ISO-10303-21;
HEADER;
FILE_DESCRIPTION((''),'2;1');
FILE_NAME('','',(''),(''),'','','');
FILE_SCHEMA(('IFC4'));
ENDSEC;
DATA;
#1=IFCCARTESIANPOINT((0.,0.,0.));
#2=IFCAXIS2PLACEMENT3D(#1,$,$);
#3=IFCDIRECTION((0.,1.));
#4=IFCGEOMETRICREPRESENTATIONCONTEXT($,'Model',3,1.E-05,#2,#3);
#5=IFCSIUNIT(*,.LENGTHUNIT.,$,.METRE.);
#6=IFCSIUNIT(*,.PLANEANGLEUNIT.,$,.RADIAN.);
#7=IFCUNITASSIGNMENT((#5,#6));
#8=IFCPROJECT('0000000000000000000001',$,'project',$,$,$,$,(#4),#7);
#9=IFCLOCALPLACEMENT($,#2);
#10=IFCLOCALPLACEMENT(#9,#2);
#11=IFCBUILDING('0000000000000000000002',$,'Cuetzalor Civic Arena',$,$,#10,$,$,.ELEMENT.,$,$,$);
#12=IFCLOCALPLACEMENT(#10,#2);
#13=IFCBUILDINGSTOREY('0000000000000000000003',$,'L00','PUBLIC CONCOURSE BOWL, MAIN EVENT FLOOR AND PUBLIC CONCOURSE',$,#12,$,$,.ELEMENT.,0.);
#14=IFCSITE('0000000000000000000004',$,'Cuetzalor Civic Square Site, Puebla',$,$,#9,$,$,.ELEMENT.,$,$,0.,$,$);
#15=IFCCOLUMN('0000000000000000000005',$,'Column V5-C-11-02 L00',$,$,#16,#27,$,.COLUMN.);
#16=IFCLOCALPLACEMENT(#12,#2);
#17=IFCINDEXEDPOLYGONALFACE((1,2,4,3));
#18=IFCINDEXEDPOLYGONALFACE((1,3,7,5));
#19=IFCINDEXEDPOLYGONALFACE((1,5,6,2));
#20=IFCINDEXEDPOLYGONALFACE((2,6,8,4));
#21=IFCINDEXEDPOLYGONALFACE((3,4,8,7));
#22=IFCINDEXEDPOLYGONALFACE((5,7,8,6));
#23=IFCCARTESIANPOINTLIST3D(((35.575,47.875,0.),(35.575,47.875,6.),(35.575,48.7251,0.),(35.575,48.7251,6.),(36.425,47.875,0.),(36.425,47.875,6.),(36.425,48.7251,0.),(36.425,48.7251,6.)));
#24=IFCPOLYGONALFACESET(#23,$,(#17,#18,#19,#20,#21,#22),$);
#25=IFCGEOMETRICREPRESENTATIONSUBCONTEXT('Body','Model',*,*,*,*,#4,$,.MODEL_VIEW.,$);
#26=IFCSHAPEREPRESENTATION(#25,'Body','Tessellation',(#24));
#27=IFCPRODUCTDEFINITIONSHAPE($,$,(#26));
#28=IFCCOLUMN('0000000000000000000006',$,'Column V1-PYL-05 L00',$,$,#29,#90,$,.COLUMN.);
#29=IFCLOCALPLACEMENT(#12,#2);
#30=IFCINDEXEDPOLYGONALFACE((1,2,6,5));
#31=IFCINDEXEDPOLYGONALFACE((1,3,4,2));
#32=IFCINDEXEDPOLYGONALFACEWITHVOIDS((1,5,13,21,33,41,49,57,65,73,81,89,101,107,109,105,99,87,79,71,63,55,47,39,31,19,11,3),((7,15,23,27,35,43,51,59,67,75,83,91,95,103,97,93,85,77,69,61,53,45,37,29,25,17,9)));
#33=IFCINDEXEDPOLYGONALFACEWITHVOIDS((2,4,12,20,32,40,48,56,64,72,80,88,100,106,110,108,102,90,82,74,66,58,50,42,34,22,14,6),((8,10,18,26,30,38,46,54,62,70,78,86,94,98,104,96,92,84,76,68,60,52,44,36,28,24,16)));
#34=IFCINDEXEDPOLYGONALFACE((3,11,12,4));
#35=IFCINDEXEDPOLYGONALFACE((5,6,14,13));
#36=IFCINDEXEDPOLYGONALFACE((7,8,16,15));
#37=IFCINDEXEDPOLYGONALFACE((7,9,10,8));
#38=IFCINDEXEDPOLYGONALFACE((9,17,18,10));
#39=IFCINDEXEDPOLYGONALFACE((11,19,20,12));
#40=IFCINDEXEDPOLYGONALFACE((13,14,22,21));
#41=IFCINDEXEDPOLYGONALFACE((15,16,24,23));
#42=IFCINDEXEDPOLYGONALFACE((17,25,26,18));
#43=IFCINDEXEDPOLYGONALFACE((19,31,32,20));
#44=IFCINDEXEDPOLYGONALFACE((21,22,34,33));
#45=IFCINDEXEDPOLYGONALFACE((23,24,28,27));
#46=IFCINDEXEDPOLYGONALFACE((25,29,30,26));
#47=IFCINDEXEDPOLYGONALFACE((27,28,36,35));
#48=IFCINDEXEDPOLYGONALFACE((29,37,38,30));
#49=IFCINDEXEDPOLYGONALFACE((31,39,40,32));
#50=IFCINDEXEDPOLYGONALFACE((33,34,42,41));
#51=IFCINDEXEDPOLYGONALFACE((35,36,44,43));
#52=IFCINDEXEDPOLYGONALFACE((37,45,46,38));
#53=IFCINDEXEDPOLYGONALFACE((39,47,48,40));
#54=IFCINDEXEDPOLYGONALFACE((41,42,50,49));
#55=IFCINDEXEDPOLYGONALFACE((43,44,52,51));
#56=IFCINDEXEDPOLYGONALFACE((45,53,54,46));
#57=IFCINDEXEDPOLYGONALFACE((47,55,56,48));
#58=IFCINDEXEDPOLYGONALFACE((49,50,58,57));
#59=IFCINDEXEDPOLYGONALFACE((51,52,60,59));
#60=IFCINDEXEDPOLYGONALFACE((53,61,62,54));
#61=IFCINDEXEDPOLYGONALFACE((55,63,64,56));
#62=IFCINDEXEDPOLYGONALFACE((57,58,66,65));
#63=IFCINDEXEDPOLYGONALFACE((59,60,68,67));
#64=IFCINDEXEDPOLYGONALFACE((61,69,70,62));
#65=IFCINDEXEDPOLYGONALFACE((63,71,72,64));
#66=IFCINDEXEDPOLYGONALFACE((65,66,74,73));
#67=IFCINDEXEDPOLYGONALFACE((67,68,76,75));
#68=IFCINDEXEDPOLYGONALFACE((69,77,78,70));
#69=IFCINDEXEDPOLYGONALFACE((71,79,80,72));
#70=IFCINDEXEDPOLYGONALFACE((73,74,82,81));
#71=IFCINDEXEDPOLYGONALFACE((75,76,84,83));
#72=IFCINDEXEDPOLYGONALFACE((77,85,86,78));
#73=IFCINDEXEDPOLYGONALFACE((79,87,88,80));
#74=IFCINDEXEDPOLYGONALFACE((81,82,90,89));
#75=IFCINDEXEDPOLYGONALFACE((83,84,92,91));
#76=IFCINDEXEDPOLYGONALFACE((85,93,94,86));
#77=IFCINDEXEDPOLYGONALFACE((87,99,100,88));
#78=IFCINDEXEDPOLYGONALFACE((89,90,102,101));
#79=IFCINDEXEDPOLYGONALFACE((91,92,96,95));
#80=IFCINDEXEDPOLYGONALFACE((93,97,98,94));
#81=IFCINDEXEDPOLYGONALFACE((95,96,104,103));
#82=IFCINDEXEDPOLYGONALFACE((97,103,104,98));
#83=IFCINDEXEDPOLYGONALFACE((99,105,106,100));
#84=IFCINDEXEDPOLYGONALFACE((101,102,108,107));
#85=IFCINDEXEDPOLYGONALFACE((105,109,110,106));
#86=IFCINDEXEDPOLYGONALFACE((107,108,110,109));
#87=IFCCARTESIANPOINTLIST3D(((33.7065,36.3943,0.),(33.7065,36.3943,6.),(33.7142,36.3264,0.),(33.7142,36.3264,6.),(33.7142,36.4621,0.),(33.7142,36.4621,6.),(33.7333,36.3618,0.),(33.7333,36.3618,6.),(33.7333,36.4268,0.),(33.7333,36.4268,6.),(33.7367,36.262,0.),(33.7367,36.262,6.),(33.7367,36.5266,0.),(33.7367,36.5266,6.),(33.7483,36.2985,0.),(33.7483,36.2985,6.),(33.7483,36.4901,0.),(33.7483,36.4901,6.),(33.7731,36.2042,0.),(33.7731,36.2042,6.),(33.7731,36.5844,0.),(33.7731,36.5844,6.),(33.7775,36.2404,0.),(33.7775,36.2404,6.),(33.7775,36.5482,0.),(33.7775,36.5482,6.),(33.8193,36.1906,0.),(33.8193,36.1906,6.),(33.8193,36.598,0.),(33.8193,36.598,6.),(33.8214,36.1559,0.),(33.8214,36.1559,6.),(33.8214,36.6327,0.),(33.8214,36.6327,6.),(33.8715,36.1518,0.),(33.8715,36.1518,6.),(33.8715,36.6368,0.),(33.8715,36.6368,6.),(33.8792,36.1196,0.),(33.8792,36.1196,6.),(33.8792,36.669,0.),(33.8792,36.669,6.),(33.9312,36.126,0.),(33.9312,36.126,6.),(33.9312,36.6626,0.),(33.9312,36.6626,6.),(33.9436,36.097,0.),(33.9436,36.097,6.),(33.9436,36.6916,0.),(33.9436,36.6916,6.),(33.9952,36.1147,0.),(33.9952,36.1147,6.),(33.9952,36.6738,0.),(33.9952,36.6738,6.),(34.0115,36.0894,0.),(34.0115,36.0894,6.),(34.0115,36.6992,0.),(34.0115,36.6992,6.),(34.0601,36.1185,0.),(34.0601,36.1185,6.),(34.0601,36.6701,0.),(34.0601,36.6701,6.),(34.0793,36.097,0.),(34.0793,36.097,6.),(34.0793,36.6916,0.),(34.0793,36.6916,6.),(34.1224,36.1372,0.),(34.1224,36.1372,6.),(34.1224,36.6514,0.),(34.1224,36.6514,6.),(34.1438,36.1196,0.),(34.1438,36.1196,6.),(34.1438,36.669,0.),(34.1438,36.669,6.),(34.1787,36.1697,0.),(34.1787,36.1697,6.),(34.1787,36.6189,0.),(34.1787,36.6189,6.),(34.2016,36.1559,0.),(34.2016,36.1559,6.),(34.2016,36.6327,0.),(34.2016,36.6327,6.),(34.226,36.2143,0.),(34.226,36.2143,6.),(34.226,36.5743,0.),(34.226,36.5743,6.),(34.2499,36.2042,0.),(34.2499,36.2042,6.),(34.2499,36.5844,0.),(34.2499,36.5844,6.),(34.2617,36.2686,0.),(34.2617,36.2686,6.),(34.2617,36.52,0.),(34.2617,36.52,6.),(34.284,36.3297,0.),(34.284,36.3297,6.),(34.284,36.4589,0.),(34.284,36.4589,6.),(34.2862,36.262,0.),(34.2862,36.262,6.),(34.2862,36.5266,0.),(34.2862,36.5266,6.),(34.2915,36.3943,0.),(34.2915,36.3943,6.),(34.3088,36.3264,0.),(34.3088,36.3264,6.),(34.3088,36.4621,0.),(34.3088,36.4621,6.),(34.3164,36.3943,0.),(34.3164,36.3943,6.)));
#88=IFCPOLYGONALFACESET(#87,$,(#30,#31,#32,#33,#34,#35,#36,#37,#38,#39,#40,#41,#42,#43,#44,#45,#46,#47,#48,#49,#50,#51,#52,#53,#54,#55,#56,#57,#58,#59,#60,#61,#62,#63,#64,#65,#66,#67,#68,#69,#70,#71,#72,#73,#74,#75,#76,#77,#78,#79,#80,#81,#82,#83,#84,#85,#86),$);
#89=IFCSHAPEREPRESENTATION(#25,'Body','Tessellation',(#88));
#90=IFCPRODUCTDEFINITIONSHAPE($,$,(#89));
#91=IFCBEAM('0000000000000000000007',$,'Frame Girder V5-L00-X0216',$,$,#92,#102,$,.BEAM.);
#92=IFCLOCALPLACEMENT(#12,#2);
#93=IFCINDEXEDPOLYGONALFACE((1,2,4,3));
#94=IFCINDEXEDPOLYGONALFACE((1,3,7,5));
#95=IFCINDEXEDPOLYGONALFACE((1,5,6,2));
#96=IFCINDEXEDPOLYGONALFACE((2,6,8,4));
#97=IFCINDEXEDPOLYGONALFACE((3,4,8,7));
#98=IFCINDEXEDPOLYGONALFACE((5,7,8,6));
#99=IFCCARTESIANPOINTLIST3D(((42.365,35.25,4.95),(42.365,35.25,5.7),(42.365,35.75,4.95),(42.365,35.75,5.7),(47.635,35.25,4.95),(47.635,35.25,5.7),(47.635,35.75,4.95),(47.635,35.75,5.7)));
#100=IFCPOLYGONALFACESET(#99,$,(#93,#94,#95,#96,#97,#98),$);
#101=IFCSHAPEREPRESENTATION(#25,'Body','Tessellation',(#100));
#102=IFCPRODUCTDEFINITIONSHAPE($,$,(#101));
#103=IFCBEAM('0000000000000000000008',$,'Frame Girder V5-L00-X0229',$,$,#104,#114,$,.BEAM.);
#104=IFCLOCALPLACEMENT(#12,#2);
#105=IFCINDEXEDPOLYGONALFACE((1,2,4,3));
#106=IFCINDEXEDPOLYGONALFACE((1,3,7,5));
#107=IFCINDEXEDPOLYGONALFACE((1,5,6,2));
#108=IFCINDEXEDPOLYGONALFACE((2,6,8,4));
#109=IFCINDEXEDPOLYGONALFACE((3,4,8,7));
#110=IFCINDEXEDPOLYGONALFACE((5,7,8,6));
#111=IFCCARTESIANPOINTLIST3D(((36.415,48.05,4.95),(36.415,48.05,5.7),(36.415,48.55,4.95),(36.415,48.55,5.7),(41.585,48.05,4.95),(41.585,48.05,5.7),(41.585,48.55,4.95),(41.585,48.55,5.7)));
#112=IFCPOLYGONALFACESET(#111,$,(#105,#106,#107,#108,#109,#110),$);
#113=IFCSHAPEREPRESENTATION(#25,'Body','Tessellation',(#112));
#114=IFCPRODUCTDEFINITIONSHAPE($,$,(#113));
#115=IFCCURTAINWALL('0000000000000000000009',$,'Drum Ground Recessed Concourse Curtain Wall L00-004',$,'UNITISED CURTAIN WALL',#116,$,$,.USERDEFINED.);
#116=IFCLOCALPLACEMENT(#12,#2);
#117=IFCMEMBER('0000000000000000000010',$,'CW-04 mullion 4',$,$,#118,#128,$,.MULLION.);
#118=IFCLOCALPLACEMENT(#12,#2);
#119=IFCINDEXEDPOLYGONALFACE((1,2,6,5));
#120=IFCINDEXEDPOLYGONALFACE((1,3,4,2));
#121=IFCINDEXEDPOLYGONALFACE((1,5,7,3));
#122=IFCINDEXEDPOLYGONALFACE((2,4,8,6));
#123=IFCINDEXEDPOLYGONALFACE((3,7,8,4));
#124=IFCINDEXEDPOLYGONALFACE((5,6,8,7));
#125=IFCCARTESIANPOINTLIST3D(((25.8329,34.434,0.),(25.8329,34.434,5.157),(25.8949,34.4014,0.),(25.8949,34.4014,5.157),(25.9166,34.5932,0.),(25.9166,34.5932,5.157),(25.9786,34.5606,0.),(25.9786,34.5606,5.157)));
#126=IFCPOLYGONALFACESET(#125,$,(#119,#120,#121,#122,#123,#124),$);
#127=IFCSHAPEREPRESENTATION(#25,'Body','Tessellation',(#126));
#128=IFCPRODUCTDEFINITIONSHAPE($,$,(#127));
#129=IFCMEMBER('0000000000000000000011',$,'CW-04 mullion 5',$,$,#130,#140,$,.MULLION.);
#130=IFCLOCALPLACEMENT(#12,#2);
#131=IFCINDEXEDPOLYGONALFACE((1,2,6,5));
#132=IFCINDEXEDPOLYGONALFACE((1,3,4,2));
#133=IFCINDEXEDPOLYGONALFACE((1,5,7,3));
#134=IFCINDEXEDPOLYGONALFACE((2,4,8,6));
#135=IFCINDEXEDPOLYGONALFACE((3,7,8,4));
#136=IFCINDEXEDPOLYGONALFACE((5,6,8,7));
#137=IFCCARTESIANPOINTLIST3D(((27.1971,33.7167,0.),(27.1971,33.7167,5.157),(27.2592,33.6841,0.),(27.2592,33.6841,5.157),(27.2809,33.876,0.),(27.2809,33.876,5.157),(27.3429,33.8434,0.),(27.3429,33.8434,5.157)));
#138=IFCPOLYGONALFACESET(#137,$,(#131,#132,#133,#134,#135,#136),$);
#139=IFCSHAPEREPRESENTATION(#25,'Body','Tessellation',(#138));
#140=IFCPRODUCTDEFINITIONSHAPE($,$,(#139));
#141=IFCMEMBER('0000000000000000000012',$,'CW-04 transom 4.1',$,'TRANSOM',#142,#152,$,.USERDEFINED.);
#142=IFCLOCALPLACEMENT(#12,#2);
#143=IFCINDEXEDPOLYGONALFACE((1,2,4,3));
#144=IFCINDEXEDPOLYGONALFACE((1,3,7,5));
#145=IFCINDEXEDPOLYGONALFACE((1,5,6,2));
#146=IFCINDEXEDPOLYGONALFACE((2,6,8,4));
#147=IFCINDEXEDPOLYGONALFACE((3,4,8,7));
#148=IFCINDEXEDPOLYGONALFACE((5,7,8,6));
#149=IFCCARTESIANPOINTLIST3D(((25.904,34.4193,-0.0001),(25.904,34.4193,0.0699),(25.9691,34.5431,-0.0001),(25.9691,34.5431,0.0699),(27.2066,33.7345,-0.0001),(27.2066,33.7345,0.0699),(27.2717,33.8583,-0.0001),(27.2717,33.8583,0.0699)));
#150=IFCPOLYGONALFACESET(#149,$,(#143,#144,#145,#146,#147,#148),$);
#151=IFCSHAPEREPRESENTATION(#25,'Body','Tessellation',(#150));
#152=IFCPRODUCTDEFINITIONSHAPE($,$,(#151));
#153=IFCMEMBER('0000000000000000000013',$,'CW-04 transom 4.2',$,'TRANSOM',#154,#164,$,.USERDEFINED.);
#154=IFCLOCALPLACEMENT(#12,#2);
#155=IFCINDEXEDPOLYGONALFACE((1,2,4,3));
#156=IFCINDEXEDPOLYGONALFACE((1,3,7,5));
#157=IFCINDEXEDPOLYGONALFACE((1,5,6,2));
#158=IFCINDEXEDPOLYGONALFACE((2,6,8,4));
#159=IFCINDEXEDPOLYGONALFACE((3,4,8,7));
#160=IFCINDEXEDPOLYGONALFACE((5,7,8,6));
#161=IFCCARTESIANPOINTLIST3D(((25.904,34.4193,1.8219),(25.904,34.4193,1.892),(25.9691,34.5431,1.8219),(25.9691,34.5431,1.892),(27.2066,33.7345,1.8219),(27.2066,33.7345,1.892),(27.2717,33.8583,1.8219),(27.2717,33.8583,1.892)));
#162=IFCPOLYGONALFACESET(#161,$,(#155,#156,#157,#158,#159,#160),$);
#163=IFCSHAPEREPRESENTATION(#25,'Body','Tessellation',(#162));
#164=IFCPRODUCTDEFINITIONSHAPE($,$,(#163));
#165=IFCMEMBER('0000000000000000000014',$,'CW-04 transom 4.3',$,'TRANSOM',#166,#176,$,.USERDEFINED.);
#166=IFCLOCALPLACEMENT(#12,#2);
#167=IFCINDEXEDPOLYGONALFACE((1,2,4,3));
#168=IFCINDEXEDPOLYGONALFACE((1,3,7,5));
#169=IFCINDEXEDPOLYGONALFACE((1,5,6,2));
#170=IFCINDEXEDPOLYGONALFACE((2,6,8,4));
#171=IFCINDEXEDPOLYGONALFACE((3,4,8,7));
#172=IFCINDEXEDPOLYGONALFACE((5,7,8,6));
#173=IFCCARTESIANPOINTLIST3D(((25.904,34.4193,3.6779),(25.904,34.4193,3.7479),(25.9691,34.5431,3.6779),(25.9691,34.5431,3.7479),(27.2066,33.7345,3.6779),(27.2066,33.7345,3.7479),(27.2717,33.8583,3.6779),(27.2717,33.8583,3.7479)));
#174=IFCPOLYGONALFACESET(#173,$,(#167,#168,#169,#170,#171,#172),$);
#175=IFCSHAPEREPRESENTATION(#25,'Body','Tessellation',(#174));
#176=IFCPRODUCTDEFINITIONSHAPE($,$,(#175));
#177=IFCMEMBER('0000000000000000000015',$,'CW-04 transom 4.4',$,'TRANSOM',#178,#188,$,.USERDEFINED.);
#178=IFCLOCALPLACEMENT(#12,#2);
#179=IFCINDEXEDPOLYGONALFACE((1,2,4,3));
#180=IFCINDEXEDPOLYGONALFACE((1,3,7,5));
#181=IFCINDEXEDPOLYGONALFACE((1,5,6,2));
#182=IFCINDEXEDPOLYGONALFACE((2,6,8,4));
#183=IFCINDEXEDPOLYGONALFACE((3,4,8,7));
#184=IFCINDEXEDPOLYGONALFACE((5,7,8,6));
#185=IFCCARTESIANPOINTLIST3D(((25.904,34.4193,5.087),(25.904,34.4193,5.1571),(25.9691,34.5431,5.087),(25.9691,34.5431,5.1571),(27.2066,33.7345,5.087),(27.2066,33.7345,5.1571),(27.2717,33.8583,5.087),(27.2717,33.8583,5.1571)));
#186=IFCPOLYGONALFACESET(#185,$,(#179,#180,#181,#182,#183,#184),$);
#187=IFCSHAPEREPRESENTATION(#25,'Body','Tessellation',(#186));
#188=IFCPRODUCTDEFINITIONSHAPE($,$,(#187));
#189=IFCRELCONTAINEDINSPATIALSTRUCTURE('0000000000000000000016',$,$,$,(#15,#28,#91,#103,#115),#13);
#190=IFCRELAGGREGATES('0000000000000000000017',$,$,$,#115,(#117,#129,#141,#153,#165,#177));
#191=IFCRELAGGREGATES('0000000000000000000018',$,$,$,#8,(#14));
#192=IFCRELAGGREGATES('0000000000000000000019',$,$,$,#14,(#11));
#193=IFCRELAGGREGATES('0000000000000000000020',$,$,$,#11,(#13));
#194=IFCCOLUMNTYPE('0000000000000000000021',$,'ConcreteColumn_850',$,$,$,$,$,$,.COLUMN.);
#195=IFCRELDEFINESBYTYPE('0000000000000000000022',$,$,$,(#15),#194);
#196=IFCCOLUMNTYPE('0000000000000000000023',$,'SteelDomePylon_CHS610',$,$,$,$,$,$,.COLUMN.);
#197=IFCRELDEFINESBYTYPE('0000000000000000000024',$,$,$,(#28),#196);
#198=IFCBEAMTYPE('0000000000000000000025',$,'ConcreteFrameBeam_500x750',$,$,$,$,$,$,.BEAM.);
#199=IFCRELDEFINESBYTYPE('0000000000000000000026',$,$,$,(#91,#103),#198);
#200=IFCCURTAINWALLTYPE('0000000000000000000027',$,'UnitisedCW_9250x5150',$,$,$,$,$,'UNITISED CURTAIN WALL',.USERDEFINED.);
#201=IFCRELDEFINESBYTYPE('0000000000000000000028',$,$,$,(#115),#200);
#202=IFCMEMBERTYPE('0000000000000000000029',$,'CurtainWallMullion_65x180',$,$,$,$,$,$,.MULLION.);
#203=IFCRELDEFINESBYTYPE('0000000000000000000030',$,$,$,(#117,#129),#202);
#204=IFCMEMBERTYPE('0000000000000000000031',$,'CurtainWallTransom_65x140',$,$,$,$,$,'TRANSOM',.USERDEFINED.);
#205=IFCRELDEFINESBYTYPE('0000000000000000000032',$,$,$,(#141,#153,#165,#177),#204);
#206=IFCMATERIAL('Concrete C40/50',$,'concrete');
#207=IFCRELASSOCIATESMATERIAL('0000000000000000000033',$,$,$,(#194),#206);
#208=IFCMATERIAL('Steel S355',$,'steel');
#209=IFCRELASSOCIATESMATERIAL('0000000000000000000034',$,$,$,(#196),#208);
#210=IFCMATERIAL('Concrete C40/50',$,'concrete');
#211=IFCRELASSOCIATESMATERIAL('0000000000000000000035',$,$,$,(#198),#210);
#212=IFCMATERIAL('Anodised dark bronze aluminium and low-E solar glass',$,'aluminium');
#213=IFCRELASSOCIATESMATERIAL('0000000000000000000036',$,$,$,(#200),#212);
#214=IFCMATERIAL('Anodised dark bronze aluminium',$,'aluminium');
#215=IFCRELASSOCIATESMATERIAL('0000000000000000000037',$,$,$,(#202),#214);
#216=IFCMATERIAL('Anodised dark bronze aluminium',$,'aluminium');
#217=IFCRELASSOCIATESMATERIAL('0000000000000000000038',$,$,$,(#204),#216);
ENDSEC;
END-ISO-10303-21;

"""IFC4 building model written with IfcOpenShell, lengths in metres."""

from ifc_helpers import new_model, si_unit, direction, frame, origin, origin_2d, place, context, subcontext, project, spatial, rectangle, hollow_circle, extrude, material, material_profile, profile_set, type_object, element, aggregate, save


model = new_model("IFC4")

# Units and contexts
model_context = context("Model", 3, precision=1e-05, world=origin(), true_north=direction((0.0, 1.0)))
body_context = subcontext(model_context, "Body", "Model", "MODEL_VIEW")
ifc_project = project(units=[si_unit("LENGTHUNIT", "METRE"), si_unit("PLANEANGLEUNIT", "RADIAN")], contexts=[model_context])

# Site, building, storey
site_placement = place(None, origin())
site = spatial("IfcSite", under=ifc_project, at=site_placement, Name="Cuetzalor Civic Square Site, Puebla", CompositionType="ELEMENT", RefElevation=0.0)
building_placement = place(site_placement, origin())
building = spatial("IfcBuilding", under=site, at=building_placement, Name="Cuetzalor Civic Arena", CompositionType="ELEMENT")
storey_placement = place(building_placement, origin())
storey = spatial("IfcBuildingStorey", under=building, at=storey_placement, Name="L00", Description="PUBLIC CONCOURSE BOWL, MAIN EVENT FLOOR AND PUBLIC CONCOURSE", CompositionType="ELEMENT", Elevation=0.0)

# Columns
ifc_material_1 = material(Name="Concrete C40/50", Category="concrete")
ifc_material_profile_1 = material_profile(ifc_material_1, rectangle(XDim=0.8501, YDim=0.8501, at=origin_2d()), Name="RC 850x850")
ifc_profile_set_1 = profile_set([ifc_material_profile_1], Name="Concrete C40/50")
column_type_1 = type_object("IfcColumnType", Name="ConcreteColumn_850", PredefinedType="COLUMN", material=ifc_profile_set_1)
column_1_placement = place(storey_placement, frame((36.0, 48.3, 0.0), z_axis=(0.0, 0.0, 1.0), x_axis=(1.0, 0.0, 0.0)))
element("IfcColumn", 1, at=column_1_placement, inside=storey, type_object=column_type_1, Name="Column V5-C-11-02 L00", PredefinedType="COLUMN", context=body_context, shape_type="SweptSolid", body=[
    extrude(rectangle(XDim=0.8501, YDim=0.8501, at=origin_2d()), origin(), (0.0, 0.0, 1.0), 6.0),
])
ifc_material_2 = material(Name="Steel S355", Category="steel")
ifc_material_profile_2 = material_profile(ifc_material_2, hollow_circle(Radius=0.3049, WallThickness=0.0249, at=origin_2d()), Name="CHS 610x25")
ifc_profile_set_2 = profile_set([ifc_material_profile_2], Name="Steel S355")
column_type_2 = type_object("IfcColumnType", Name="SteelDomePylon_CHS610", PredefinedType="COLUMN", material=ifc_profile_set_2)
column_2_placement = place(storey_placement, frame((34.0115, 36.3943, 0.0), z_axis=(0.0, 0.0, 1.0), x_axis=(1.0, 0.0, 0.0)))
element("IfcColumn", 2, at=column_2_placement, inside=storey, type_object=column_type_2, Name="Column V1-PYL-05 L00", PredefinedType="COLUMN", context=body_context, shape_type="SweptSolid", body=[
    extrude(hollow_circle(Radius=0.3049, WallThickness=0.0249, at=origin_2d()), origin(), (0.0, 0.0, 1.0), 6.0),
])

# Beams
ifc_material_3 = material(Name="Concrete C40/50", Category="concrete")
ifc_material_profile_3 = material_profile(ifc_material_3, rectangle(XDim=0.5, YDim=0.75, at=origin_2d()), Name="RC 500x750")
ifc_profile_set_3 = profile_set([ifc_material_profile_3], Name="Concrete C40/50")
beam_type_1 = type_object("IfcBeamType", Name="ConcreteFrameBeam_500x750", PredefinedType="BEAM", material=ifc_profile_set_3)
beam_1_placement = place(storey_placement, frame((42.365, 35.5, 5.325), z_axis=(1.0, 0.0, 0.0), x_axis=(0.0, 1.0, 0.0)))
element("IfcBeam", 3, at=beam_1_placement, inside=storey, type_object=beam_type_1, Name="Frame Girder V5-L00-X0216", PredefinedType="BEAM", context=body_context, shape_type="SweptSolid", body=[
    extrude(rectangle(XDim=0.5, YDim=0.75, at=origin_2d()), origin(), (0.0, 0.0, 1.0), 5.27),
])
beam_2_placement = place(storey_placement, frame((36.415, 48.3, 5.325), z_axis=(1.0, 0.0, 0.0), x_axis=(0.0, 1.0, 0.0)))
element("IfcBeam", 4, at=beam_2_placement, inside=storey, type_object=beam_type_1, Name="Frame Girder V5-L00-X0229", PredefinedType="BEAM", context=body_context, shape_type="SweptSolid", body=[
    extrude(rectangle(XDim=0.5, YDim=0.75, at=origin_2d()), origin(), (0.0, 0.0, 1.0), 5.1699),
])

# Curtain wall, members
ifc_material_4 = material(Name="Anodised dark bronze aluminium and low-E solar glass", Category="aluminium")
curtain_wall_type = type_object("IfcCurtainWallType", Name="UnitisedCW_9250x5150", ElementType="UNITISED CURTAIN WALL", PredefinedType="USERDEFINED", material=ifc_material_4)
curtain_wall_placement = place(storey_placement, origin())
curtain_wall = element("IfcCurtainWall", 5, at=curtain_wall_placement, inside=storey, type_object=curtain_wall_type, Name="Drum Ground Recessed Concourse Curtain Wall L00-004", ObjectType="UNITISED CURTAIN WALL", PredefinedType="USERDEFINED")
ifc_material_5 = material(Name="Anodised dark bronze aluminium", Category="aluminium")
ifc_material_profile_4 = material_profile(ifc_material_5, rectangle(XDim=0.0701, YDim=0.1799, at=origin_2d()), Name="ALU MULLION 70x180")
ifc_profile_set_4 = profile_set([ifc_material_profile_4], Name="Anodised dark bronze aluminium")
member_type_1 = type_object("IfcMemberType", Name="CurtainWallMullion_65x180", PredefinedType="MULLION", material=ifc_profile_set_4)
member_1_placement = place(storey_placement, frame((25.9058, 34.4973, 0.0), z_axis=(0.0, 0.0, 1.0), x_axis=(0.885118, -0.465366, 0.0)))
member_1 = element("IfcMember", 6, at=member_1_placement, type_object=member_type_1, Name="CW-04 mullion 4", PredefinedType="MULLION", context=body_context, shape_type="SweptSolid", body=[
    extrude(rectangle(XDim=0.0701, YDim=0.1799, at=origin_2d()), origin(), (0.0, 0.0, 1.0), 5.157),
])
member_2_placement = place(storey_placement, frame((27.27, 33.78, 0.0), z_axis=(0.0, 0.0, 1.0), x_axis=(0.885118, -0.465366, 0.0)))
member_2 = element("IfcMember", 7, at=member_2_placement, type_object=member_type_1, Name="CW-04 mullion 5", PredefinedType="MULLION", context=body_context, shape_type="SweptSolid", body=[
    extrude(rectangle(XDim=0.0701, YDim=0.1799, at=origin_2d()), origin(), (0.0, 0.0, 1.0), 5.157),
])
ifc_material_6 = material(Name="Anodised dark bronze aluminium", Category="aluminium")
ifc_material_profile_5 = material_profile(ifc_material_6, rectangle(XDim=0.1399, YDim=0.0701, at=origin_2d()), Name="ALU TRANSOM 70x140")
ifc_profile_set_5 = profile_set([ifc_material_profile_5], Name="Anodised dark bronze aluminium")
member_type_2 = type_object("IfcMemberType", Name="CurtainWallTransom_65x140", ElementType="TRANSOM", PredefinedType="USERDEFINED", material=ifc_profile_set_5)
member_3_placement = place(storey_placement, frame((25.9365, 34.4812, 0.0349), z_axis=(0.885152, -0.465302, 0.0), x_axis=(0.465302, 0.885152, 0.0)))
member_3 = element("IfcMember", 8, at=member_3_placement, type_object=member_type_2, Name="CW-04 transom 4.1", ObjectType="TRANSOM", PredefinedType="USERDEFINED", context=body_context, shape_type="SweptSolid", body=[
    extrude(rectangle(XDim=0.1399, YDim=0.0701, at=origin_2d()), origin(), (0.0, 0.0, 1.0), 1.4717),
])
member_4_placement = place(storey_placement, frame((25.9365, 34.4812, 1.8569), z_axis=(0.885152, -0.465302, 0.0), x_axis=(0.465302, 0.885152, 0.0)))
member_4 = element("IfcMember", 9, at=member_4_placement, type_object=member_type_2, Name="CW-04 transom 4.2", ObjectType="TRANSOM", PredefinedType="USERDEFINED", context=body_context, shape_type="SweptSolid", body=[
    extrude(rectangle(XDim=0.1399, YDim=0.0701, at=origin_2d()), origin(), (0.0, 0.0, 1.0), 1.4717),
])
member_5_placement = place(storey_placement, frame((25.9365, 34.4812, 3.7129), z_axis=(0.885152, -0.465302, 0.0), x_axis=(0.465302, 0.885152, 0.0)))
member_5 = element("IfcMember", 10, at=member_5_placement, type_object=member_type_2, Name="CW-04 transom 4.3", ObjectType="TRANSOM", PredefinedType="USERDEFINED", context=body_context, shape_type="SweptSolid", body=[
    extrude(rectangle(XDim=0.1399, YDim=0.0701, at=origin_2d()), origin(), (0.0, 0.0, 1.0), 1.4717),
])
member_6_placement = place(storey_placement, frame((25.9365, 34.4812, 5.1221), z_axis=(0.885152, -0.465302, 0.0), x_axis=(0.465302, 0.885152, 0.0)))
member_6 = element("IfcMember", 11, at=member_6_placement, type_object=member_type_2, Name="CW-04 transom 4.4", ObjectType="TRANSOM", PredefinedType="USERDEFINED", context=body_context, shape_type="SweptSolid", body=[
    extrude(rectangle(XDim=0.1399, YDim=0.0701, at=origin_2d()), origin(), (0.0, 0.0, 1.0), 1.4717),
])

aggregate(curtain_wall, [member_1, member_2, member_3, member_4, member_5, member_6])

save(model, "model.ifc")
